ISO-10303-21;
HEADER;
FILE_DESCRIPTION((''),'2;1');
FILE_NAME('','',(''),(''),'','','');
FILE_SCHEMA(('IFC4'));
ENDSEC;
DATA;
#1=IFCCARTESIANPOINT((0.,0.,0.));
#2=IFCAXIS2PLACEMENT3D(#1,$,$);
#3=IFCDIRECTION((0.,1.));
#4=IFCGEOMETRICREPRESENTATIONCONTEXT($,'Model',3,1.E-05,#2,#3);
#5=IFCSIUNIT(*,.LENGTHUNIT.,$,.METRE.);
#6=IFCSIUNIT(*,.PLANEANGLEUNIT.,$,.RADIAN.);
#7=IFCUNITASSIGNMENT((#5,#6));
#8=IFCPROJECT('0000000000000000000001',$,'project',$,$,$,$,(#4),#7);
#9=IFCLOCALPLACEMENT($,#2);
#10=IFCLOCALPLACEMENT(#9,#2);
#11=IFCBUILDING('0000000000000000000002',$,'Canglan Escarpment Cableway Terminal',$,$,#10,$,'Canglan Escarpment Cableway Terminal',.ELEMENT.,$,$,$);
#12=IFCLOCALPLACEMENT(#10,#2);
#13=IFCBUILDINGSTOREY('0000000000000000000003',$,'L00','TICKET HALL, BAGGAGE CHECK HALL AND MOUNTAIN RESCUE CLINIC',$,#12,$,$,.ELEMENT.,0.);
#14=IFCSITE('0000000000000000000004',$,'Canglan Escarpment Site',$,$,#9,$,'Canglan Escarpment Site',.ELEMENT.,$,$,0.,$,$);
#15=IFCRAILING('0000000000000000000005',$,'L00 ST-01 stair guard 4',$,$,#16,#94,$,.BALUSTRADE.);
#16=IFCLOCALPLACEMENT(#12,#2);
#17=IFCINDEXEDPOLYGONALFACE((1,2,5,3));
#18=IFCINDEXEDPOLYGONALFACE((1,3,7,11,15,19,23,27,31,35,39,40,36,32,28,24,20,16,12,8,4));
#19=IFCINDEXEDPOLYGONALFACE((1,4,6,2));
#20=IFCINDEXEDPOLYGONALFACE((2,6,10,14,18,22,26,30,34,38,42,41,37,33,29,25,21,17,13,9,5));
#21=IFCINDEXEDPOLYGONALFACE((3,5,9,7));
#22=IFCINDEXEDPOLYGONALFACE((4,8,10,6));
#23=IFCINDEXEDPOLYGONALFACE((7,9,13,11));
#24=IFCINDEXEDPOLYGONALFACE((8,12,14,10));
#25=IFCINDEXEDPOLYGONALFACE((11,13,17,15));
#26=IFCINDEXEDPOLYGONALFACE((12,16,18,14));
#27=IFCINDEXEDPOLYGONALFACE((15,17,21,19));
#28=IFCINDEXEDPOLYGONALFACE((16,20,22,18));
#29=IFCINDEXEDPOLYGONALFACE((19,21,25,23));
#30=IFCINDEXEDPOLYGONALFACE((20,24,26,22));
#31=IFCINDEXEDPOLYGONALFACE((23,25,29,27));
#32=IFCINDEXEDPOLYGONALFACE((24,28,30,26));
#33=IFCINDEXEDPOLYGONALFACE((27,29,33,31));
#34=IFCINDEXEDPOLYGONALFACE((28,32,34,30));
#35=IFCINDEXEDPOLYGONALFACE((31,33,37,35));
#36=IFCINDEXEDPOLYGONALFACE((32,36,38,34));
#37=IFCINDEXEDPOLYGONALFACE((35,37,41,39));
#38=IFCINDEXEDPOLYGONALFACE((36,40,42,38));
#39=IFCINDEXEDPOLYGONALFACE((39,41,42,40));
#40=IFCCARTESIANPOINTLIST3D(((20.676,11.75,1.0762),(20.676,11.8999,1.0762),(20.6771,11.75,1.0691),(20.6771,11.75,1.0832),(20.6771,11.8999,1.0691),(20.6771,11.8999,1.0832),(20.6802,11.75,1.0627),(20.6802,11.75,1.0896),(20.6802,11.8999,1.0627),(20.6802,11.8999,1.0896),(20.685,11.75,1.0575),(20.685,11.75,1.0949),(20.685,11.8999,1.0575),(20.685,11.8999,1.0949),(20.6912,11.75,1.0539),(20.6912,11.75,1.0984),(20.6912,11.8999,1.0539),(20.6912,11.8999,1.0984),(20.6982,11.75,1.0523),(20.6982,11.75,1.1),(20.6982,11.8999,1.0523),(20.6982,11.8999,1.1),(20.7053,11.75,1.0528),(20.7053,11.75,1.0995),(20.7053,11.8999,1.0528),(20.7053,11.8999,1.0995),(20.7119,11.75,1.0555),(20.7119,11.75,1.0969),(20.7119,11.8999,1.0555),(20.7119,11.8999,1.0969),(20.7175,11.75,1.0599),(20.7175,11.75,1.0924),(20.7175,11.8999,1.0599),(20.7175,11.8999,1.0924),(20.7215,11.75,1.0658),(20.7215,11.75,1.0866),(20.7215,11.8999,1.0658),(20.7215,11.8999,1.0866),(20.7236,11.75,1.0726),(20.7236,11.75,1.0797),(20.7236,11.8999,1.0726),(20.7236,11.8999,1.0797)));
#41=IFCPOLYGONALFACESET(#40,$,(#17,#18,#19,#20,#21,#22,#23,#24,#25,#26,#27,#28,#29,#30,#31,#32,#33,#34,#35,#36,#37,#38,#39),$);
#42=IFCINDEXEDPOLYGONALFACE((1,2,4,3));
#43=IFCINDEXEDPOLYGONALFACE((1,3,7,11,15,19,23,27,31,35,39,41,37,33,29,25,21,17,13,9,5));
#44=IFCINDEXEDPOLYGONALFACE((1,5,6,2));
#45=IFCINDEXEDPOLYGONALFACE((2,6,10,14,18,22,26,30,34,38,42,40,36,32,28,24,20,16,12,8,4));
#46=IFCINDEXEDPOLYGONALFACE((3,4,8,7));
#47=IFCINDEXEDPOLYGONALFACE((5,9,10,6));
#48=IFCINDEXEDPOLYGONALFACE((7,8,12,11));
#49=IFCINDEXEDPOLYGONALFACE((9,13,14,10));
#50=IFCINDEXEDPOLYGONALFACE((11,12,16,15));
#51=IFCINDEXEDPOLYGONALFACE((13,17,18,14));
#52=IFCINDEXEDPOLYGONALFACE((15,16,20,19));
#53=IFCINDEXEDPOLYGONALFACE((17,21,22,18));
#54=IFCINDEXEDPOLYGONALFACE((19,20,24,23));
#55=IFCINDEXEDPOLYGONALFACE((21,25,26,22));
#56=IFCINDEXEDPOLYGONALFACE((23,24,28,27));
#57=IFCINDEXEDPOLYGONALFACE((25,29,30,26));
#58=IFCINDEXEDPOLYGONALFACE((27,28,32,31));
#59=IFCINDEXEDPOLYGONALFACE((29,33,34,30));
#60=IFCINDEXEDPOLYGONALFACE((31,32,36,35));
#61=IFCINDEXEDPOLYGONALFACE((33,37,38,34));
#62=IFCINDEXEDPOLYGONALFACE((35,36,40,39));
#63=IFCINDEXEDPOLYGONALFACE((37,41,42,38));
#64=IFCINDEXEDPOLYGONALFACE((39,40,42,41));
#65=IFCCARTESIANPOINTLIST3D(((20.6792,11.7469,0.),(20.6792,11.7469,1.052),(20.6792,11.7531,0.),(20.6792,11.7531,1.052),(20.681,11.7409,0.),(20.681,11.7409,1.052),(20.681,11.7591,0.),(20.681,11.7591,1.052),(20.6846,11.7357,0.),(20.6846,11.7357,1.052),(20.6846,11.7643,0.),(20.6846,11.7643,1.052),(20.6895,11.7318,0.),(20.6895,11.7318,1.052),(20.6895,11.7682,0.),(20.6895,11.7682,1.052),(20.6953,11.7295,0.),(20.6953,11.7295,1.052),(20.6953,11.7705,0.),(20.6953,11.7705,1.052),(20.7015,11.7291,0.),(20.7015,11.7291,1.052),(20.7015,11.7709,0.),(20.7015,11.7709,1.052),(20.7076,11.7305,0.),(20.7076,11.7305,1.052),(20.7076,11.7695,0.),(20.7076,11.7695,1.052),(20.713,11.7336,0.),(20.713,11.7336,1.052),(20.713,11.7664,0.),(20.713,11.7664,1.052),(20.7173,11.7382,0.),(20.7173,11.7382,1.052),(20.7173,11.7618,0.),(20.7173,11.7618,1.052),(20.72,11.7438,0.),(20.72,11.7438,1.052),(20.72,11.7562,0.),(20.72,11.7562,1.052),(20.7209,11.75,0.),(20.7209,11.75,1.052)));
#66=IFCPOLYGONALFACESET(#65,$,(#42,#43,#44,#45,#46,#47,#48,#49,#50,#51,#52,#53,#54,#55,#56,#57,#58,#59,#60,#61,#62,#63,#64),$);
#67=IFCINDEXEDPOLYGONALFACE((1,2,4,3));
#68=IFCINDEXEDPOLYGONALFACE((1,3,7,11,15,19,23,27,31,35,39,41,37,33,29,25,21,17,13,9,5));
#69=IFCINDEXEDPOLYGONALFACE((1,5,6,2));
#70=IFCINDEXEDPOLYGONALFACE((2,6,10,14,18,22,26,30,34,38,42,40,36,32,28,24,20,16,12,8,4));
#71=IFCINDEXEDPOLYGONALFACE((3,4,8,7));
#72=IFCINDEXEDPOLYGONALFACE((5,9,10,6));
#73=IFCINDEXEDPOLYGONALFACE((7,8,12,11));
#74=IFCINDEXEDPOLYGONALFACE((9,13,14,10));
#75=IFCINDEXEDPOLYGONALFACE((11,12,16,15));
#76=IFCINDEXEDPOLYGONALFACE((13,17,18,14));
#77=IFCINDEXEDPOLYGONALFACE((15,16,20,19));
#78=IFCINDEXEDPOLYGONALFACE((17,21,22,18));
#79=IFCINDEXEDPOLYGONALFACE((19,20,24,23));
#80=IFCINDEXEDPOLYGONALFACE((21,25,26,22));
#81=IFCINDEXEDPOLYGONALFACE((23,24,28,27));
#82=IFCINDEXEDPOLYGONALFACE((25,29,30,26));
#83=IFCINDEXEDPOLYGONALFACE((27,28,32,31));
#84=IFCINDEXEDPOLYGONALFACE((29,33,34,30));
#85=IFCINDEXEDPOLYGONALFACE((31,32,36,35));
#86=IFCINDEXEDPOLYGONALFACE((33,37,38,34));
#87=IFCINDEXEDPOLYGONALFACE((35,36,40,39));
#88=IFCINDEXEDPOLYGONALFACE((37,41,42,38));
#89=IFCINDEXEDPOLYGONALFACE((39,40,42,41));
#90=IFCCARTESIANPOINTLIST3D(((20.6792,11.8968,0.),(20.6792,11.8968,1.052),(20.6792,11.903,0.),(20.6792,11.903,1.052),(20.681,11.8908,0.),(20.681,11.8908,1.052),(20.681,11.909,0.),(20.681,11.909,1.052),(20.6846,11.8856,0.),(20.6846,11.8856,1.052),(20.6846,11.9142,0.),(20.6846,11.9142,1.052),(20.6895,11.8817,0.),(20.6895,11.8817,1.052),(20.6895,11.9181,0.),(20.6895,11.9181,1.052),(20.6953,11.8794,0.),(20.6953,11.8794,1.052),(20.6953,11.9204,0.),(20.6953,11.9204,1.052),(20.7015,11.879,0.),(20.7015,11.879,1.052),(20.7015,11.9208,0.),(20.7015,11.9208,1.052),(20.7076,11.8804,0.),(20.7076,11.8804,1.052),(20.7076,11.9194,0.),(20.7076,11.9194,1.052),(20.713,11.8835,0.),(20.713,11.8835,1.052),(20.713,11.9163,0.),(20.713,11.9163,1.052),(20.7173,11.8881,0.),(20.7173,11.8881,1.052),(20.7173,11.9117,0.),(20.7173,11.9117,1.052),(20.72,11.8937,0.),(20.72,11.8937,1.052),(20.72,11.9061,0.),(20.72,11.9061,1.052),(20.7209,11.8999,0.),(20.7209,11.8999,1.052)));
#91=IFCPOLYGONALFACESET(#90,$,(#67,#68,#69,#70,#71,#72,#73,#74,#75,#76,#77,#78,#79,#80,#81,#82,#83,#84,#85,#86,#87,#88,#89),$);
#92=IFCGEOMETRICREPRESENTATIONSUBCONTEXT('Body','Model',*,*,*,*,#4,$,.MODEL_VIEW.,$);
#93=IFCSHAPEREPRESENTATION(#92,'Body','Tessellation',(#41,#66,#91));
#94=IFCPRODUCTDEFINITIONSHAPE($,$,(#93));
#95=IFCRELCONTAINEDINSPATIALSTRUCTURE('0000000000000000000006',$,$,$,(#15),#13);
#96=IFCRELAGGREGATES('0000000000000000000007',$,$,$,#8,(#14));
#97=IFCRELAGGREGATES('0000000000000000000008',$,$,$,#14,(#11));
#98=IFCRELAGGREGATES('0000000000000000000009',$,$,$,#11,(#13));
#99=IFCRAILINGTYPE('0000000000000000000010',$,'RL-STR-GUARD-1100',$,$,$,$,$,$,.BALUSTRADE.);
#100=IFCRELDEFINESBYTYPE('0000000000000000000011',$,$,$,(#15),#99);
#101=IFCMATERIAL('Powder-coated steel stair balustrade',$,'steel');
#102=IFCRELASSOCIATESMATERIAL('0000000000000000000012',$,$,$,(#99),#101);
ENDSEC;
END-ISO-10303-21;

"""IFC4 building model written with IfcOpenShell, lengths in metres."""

from ifc_helpers import new_model, si_unit, direction, frame, origin, origin_2d, place, context, subcontext, project, spatial, circle, extrude, material, type_object, element, save


model = new_model("IFC4")

# Units and contexts
model_context = context("Model", 3, precision=1e-05, world=origin(), true_north=direction((0.0, 1.0)))
body_context = subcontext(model_context, "Body", "Model", "MODEL_VIEW")
ifc_project = project(units=[si_unit("LENGTHUNIT", "METRE"), si_unit("PLANEANGLEUNIT", "RADIAN")], contexts=[model_context])

# Site, building, storey
site_placement = place(None, origin())
site = spatial("IfcSite", under=ifc_project, at=site_placement, Name="Canglan Escarpment Site", LongName="Canglan Escarpment Site", CompositionType="ELEMENT", RefElevation=0.0)
building_placement = place(site_placement, origin())
building = spatial("IfcBuilding", under=site, at=building_placement, Name="Canglan Escarpment Cableway Terminal", LongName="Canglan Escarpment Cableway Terminal", CompositionType="ELEMENT")
storey_placement = place(building_placement, origin())
storey = spatial("IfcBuildingStorey", under=building, at=storey_placement, Name="L00", Description="TICKET HALL, BAGGAGE CHECK HALL AND MOUNTAIN RESCUE CLINIC", CompositionType="ELEMENT", Elevation=0.0)

# Railing
ifc_material_1 = material(Name="Powder-coated steel stair balustrade", Category="steel")
railing_type_1 = type_object("IfcRailingType", Name="RL-STR-GUARD-1100", PredefinedType="BALUSTRADE", material=ifc_material_1)
railing_1_placement = place(storey_placement, frame((20.7, 11.75, 0.0)))
element("IfcRailing", 1, at=railing_1_placement, inside=storey, type_object=railing_type_1, Name="L00 ST-01 stair guard 4", PredefinedType="BALUSTRADE", context=body_context, shape_type="SweptSolid", body=[
    extrude(circle(Radius=0.0239, at=origin_2d()), frame((0.0, 0.0, 1.0762), z_axis=(0.0, 1.0, 0.0), x_axis=(-1.0, 0.0, 0.0)), (0.0, 0.0, 1.0), 0.1499),
    extrude(circle(Radius=0.021, at=origin_2d()), origin(), (0.0, 0.0, 1.0), 1.052),
    extrude(circle(Radius=0.021, at=origin_2d()), frame((0.0, 0.1499, 0.0)), (0.0, 0.0, 1.0), 1.052),
])

save(model, "model.ifc")
